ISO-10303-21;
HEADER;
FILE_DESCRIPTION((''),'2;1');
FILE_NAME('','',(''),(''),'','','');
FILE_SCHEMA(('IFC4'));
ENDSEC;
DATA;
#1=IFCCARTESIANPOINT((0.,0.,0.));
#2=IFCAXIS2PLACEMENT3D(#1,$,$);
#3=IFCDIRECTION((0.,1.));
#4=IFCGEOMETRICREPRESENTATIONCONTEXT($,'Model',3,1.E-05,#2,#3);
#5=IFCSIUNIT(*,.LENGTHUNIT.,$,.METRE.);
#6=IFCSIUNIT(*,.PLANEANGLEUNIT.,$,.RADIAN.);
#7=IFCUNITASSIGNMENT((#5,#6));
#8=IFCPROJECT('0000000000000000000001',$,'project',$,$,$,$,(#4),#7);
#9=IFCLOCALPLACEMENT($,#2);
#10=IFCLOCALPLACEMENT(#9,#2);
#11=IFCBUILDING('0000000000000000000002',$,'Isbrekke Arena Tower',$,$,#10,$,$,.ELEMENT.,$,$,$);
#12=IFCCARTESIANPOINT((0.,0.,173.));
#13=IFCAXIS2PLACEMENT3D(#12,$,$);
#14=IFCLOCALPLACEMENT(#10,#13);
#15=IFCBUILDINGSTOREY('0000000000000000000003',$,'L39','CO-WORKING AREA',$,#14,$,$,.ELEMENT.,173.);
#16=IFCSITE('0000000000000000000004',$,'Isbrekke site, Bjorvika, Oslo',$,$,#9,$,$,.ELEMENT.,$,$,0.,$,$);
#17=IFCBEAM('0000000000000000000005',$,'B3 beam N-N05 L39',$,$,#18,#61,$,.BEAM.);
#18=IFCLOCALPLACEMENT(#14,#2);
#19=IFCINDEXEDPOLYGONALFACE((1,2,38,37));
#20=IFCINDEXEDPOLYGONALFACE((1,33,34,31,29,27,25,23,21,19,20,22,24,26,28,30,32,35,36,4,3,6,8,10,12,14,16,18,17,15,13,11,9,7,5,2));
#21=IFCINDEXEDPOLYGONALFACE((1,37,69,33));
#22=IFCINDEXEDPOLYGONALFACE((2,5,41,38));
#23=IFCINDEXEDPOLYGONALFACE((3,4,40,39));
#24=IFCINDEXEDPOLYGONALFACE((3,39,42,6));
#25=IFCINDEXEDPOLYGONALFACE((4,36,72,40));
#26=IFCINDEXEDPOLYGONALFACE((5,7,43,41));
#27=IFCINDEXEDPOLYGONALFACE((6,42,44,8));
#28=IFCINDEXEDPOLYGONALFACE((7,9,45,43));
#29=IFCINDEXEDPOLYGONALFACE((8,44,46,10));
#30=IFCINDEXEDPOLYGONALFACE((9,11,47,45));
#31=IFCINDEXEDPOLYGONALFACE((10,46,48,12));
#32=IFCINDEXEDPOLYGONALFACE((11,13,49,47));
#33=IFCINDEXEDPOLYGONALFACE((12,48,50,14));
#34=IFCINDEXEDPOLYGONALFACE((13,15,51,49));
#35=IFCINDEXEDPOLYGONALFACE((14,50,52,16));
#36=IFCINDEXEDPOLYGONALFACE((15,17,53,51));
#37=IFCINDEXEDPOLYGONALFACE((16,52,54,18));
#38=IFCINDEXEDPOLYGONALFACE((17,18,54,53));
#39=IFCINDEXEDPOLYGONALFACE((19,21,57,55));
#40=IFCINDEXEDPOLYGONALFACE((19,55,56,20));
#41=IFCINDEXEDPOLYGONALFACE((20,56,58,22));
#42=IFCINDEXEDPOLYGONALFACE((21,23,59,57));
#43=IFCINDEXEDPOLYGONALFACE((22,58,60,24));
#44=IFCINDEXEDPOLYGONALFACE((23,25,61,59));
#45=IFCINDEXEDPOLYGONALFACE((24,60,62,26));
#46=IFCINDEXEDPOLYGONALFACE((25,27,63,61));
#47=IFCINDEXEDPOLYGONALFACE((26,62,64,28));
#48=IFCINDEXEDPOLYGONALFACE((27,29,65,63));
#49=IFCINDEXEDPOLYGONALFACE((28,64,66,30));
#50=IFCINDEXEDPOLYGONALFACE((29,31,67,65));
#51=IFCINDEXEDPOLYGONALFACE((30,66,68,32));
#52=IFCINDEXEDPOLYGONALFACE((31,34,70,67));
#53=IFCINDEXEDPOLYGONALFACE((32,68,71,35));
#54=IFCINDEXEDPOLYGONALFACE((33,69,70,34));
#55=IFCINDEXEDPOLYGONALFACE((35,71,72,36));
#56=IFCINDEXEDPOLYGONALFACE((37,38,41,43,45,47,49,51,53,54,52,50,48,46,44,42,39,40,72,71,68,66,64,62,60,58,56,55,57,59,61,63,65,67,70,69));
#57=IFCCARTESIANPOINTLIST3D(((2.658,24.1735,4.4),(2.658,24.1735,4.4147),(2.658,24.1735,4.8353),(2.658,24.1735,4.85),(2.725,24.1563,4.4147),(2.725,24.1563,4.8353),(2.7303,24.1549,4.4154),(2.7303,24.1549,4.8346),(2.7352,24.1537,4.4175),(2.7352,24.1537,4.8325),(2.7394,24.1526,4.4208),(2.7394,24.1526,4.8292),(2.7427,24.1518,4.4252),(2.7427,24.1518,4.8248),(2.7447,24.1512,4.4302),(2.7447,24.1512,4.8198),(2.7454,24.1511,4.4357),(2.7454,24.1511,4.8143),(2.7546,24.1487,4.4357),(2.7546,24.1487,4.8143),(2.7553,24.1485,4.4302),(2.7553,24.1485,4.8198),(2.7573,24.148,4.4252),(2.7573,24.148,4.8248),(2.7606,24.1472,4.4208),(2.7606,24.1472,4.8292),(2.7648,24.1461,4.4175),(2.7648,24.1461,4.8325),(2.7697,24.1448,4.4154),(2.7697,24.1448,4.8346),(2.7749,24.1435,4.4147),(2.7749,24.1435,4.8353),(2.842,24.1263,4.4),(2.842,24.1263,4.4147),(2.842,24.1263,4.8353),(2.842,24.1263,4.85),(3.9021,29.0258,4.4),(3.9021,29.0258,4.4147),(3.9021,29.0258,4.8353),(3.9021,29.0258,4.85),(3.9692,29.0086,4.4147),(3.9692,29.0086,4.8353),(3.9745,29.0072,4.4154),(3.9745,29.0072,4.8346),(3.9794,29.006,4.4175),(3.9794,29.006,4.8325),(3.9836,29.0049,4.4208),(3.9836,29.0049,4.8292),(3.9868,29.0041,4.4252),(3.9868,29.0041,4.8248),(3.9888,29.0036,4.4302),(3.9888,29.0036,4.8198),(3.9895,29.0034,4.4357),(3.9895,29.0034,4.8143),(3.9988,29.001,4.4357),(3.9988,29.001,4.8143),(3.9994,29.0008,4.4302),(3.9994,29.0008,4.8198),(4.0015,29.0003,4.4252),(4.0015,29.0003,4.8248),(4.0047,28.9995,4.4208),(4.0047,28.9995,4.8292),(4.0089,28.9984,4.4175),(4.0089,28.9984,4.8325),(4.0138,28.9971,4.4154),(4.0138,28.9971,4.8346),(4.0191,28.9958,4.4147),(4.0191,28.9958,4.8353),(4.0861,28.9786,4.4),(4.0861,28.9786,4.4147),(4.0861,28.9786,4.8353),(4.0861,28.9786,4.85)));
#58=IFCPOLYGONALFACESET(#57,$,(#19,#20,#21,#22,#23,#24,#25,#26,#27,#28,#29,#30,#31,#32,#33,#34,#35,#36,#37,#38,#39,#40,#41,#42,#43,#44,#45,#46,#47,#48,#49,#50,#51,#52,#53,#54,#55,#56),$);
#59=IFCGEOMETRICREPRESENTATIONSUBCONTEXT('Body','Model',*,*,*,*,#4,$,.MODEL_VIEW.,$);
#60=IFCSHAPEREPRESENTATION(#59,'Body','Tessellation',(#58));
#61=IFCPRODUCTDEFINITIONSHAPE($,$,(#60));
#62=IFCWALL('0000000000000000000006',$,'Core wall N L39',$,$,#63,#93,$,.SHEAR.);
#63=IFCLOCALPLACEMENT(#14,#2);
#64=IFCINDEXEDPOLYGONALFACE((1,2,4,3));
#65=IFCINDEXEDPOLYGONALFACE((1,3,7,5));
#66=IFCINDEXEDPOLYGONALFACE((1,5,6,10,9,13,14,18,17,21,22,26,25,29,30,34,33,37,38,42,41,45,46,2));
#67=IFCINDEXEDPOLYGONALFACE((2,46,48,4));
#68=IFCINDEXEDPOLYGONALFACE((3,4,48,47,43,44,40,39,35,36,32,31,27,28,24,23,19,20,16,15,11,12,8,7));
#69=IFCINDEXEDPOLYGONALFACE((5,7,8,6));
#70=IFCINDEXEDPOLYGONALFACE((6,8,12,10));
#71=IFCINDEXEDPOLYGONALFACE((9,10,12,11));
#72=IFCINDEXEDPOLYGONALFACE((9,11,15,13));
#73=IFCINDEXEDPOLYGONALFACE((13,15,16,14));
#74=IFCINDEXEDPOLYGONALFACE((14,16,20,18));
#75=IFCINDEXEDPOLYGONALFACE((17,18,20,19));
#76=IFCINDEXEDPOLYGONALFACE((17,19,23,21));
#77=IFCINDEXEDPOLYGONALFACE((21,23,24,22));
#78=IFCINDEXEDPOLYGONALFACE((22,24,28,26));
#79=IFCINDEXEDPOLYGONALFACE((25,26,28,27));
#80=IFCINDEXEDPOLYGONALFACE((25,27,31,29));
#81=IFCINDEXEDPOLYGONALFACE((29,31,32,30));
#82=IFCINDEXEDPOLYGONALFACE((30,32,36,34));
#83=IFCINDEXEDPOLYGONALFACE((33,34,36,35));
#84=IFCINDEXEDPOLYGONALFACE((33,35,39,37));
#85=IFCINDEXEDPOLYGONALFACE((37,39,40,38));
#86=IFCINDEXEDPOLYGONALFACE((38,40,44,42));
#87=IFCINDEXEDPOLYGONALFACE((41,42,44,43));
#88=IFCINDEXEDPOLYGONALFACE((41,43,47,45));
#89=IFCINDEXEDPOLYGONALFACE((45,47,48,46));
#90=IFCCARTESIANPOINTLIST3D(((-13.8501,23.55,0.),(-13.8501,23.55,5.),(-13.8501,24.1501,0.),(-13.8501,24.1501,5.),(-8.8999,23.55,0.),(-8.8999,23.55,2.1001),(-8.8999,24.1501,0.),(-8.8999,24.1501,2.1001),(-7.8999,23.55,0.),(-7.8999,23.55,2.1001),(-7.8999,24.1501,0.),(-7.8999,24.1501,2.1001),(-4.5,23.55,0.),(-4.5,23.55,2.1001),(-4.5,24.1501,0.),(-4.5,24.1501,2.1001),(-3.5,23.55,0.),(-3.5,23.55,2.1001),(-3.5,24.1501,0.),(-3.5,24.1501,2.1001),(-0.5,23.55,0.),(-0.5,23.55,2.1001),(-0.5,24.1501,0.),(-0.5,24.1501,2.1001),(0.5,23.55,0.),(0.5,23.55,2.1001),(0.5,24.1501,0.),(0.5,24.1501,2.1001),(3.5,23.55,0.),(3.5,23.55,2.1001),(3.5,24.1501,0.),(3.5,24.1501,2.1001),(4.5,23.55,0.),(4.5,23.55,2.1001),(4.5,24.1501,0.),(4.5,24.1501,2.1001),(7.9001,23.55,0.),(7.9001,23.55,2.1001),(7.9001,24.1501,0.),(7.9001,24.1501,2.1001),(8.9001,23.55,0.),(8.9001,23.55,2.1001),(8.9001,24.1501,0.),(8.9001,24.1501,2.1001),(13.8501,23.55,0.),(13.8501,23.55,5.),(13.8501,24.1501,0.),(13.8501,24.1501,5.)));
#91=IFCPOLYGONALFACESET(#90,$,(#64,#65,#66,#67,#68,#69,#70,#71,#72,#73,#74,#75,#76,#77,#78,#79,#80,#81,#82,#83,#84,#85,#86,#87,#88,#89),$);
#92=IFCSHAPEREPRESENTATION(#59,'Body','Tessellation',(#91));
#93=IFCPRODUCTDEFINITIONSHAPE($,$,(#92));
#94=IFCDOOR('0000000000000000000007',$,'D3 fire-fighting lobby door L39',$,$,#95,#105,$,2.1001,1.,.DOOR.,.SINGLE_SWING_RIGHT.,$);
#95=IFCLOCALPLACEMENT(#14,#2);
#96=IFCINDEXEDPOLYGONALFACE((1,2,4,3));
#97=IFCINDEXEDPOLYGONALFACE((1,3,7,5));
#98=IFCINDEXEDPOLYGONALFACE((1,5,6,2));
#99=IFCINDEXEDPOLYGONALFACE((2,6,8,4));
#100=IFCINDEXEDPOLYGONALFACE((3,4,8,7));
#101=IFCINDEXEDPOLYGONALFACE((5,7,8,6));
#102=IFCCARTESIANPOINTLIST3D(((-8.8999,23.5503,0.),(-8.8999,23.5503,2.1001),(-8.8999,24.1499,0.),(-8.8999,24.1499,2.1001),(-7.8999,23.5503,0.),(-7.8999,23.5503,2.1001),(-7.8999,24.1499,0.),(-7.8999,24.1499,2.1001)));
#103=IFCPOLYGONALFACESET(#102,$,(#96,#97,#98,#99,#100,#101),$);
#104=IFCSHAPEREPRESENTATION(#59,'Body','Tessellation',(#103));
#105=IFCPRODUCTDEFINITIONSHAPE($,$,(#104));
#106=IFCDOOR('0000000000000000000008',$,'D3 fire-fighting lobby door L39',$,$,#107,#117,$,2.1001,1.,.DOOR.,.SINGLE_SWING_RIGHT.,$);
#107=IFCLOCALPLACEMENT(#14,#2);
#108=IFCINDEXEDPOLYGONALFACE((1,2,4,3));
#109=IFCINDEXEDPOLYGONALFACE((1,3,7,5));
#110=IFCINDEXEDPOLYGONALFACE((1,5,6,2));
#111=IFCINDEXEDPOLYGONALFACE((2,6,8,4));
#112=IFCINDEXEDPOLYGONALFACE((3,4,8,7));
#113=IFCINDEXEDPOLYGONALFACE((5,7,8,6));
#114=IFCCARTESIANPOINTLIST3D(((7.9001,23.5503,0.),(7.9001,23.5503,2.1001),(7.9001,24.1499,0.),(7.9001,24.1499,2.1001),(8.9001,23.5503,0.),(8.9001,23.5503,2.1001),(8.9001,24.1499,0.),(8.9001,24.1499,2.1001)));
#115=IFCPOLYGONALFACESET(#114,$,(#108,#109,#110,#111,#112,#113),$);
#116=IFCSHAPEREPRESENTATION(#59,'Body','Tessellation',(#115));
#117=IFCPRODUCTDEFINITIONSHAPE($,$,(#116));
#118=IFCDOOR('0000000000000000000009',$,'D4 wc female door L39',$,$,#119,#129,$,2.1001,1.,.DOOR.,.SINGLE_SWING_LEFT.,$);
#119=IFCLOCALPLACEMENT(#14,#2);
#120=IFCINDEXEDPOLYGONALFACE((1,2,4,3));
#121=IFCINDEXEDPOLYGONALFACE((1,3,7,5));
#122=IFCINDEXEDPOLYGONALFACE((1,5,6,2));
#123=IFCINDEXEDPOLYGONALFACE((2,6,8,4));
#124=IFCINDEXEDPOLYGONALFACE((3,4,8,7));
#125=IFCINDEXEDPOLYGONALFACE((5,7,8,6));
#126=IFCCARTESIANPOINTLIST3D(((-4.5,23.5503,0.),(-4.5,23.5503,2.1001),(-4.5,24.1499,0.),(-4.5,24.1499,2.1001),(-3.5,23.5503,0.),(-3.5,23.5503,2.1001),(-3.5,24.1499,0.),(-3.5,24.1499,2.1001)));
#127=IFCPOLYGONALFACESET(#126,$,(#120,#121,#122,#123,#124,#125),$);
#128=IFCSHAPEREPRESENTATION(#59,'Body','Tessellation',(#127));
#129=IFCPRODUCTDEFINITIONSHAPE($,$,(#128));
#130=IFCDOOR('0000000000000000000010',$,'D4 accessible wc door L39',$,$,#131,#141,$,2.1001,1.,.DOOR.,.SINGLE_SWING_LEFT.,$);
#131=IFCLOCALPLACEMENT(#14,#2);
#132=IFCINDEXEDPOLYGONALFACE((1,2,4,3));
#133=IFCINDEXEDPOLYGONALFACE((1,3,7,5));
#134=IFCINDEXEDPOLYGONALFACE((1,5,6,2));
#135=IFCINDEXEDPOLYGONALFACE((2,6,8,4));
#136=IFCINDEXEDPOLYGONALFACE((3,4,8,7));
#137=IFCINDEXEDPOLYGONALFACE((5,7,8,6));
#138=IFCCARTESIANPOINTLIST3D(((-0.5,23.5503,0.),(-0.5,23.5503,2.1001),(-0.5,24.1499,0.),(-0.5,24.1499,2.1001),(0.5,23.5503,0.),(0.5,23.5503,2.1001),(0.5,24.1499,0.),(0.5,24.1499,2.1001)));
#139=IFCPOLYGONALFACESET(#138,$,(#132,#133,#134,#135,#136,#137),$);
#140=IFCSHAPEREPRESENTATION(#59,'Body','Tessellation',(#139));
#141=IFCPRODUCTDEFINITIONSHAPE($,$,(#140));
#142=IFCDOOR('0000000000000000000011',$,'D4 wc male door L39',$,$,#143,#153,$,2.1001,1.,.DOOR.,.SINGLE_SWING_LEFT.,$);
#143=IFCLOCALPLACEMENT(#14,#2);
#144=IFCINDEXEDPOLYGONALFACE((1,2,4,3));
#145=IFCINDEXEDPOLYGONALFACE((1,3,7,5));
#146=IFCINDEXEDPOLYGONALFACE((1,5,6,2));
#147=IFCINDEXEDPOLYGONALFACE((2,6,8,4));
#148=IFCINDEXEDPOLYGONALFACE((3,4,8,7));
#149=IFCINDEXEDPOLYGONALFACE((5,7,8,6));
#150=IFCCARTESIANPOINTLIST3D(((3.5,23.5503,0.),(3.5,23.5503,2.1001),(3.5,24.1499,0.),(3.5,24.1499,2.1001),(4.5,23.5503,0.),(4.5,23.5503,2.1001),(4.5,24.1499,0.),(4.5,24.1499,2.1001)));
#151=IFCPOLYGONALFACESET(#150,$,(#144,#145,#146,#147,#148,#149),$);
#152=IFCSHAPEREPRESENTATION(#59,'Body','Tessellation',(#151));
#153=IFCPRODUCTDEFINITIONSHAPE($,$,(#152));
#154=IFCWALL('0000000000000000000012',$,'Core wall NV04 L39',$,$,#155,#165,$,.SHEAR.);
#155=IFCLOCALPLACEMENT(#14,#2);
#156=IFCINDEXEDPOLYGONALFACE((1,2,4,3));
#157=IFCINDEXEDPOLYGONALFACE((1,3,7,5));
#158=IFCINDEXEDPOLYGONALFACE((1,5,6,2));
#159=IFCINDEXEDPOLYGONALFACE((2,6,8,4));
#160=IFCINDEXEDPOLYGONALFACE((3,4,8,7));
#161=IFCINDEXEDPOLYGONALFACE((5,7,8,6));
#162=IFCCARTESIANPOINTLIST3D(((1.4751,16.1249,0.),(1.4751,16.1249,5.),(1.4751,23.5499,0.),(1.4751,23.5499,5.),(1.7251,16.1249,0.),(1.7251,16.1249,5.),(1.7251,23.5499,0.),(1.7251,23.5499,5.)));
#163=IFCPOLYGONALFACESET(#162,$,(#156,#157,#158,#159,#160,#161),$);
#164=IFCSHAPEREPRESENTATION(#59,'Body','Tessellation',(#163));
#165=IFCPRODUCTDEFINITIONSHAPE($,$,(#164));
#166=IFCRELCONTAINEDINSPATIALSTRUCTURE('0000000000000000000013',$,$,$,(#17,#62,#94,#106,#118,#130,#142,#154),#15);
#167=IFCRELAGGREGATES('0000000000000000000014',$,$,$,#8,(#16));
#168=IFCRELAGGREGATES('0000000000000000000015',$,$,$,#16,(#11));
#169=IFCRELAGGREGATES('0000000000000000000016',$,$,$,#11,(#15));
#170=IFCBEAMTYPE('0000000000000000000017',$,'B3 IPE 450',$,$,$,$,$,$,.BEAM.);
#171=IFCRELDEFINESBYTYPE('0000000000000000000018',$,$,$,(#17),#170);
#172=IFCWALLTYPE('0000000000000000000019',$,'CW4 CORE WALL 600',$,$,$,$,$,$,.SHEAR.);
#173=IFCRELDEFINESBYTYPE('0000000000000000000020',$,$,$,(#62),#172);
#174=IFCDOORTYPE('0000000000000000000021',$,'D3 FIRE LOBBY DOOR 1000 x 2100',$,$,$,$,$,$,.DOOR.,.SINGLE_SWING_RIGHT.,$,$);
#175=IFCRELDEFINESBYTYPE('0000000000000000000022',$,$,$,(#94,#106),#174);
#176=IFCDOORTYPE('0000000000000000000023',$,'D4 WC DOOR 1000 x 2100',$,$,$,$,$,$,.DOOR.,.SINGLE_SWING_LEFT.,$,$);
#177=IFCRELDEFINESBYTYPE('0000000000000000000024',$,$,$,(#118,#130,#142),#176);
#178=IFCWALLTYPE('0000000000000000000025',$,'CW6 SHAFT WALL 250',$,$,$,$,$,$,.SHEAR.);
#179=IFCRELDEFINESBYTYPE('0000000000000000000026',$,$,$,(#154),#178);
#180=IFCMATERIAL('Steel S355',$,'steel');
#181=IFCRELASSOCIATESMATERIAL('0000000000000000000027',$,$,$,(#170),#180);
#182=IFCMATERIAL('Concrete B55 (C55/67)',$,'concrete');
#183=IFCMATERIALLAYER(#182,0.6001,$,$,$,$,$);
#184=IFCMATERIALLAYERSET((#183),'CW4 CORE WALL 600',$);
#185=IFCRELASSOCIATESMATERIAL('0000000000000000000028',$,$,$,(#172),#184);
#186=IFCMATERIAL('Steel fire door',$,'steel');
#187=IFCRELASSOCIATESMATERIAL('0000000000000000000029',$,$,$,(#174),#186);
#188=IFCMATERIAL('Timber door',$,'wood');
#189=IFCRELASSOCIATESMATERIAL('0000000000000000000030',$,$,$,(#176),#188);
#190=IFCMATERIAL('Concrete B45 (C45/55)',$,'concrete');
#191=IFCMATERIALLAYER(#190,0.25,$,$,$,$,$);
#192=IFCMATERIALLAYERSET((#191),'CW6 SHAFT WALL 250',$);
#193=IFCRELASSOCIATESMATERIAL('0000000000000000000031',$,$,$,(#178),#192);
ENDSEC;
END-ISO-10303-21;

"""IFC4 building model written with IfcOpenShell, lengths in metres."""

from ifc_helpers import new_model, si_unit, direction, frame, frame_2d, origin, origin_2d, place, context, subcontext, project, spatial, rectangle, i_section, extrude, material, layer, layer_set, material_profile, profile_set, type_object, element, fill, save


model = new_model("IFC4")

# Units and contexts
model_context = context("Model", 3, precision=1e-05, world=origin(), true_north=direction((0.0, 1.0)))
body_context = subcontext(model_context, "Body", "Model", "MODEL_VIEW")
ifc_project = project(units=[si_unit("LENGTHUNIT", "METRE"), si_unit("PLANEANGLEUNIT", "RADIAN")], contexts=[model_context])

# Site, building, storey
site_placement = place(None, origin())
site = spatial("IfcSite", under=ifc_project, at=site_placement, Name="Isbrekke site, Bjorvika, Oslo", CompositionType="ELEMENT", RefElevation=0.0)
building_placement = place(site_placement, origin())
building = spatial("IfcBuilding", under=site, at=building_placement, Name="Isbrekke Arena Tower", CompositionType="ELEMENT")
storey_placement = place(building_placement, frame((0.0, 0.0, 173.0)))
storey = spatial("IfcBuildingStorey", under=building, at=storey_placement, Name="L39", Description="CO-WORKING AREA", CompositionType="ELEMENT", Elevation=173.0)

# Beam
ifc_material_1 = material(Name="Steel S355", Category="steel")
ifc_material_profile = material_profile(ifc_material_1, i_section(OverallWidth=0.1899, OverallDepth=0.45, WebThickness=0.0095, FlangeThickness=0.0146, FilletRadius=0.021, at=origin_2d()), Name="IPE 450")
ifc_profile_set = profile_set([ifc_material_profile], Name="Steel S355")
beam_type = type_object("IfcBeamType", Name="B3 IPE 450", PredefinedType="BEAM", material=ifc_profile_set)
beam_placement = place(storey_placement, frame((3.9941, 29.0022, 4.625), z_axis=(-0.248368, -0.968666, 0.0), x_axis=(0.968666, -0.248368, 0.0)))
element("IfcBeam", 1, at=beam_placement, inside=storey, type_object=beam_type, Name="B3 beam N-N05 L39", PredefinedType="BEAM", context=body_context, shape_type="SweptSolid", body=[
    extrude(i_section(OverallWidth=0.1899, OverallDepth=0.45, WebThickness=0.0095, FlangeThickness=0.0146, FilletRadius=0.021, at=origin_2d()), origin(), (0.0, 0.0, 1.0), 5.0093),
])

# Wall, openings, doors
ifc_material_2 = material(Name="Concrete B55 (C55/67)", Category="concrete")
ifc_layer_1 = layer(ifc_material_2, 0.6001)
ifc_layer_set_1 = layer_set([ifc_layer_1], Name="CW4 CORE WALL 600")
wall_type_1 = type_object("IfcWallType", Name="CW4 CORE WALL 600", PredefinedType="SHEAR", material=ifc_layer_set_1)
wall_1_placement = place(storey_placement, frame((13.8501, 23.8501, 0.0), z_axis=(0.0, 0.0, 1.0), x_axis=(-1.0, 0.0, 0.0)))
wall_1 = element("IfcWall", 2, at=wall_1_placement, inside=storey, type_object=wall_type_1, Name="Core wall N L39", PredefinedType="SHEAR", context=body_context, shape_type="SweptSolid", body=[
    extrude(rectangle(XDim=27.7002, YDim=0.6001, at=frame_2d((13.8501, 0.0))), origin(), (0.0, 0.0, 1.0), 5.0),
])
opening_1_placement = place(wall_1_placement, frame((21.75, 0.0, 0.0)))
opening_1 = element("IfcOpeningElement", 3, at=opening_1_placement, cuts=wall_1, PredefinedType="OPENING", context=body_context, shape_type="SweptSolid", body=[
    extrude(rectangle(XDim=1.0, YDim=2.1001, at=frame_2d((0.5, 1.05))), frame((0.0, 0.3149, 0.0), z_axis=(0.0, -1.0, 0.0), x_axis=(1.0, 0.0, 0.0)), (0.0, 0.0, 1.0), 0.6299),
])
opening_2_placement = place(wall_1_placement, frame((4.95, 0.0, 0.0)))
opening_2 = element("IfcOpeningElement", 4, at=opening_2_placement, cuts=wall_1, PredefinedType="OPENING", context=body_context, shape_type="SweptSolid", body=[
    extrude(rectangle(XDim=1.0, YDim=2.1001, at=frame_2d((0.5, 1.05))), frame((0.0, 0.3149, 0.0), z_axis=(0.0, -1.0, 0.0), x_axis=(1.0, 0.0, 0.0)), (0.0, 0.0, 1.0), 0.6299),
])
opening_3_placement = place(wall_1_placement, frame((17.3501, 0.0, 0.0)))
opening_3 = element("IfcOpeningElement", 5, at=opening_3_placement, cuts=wall_1, PredefinedType="OPENING", context=body_context, shape_type="SweptSolid", body=[
    extrude(rectangle(XDim=1.0, YDim=2.1001, at=frame_2d((0.5, 1.05))), frame((0.0, 0.3149, 0.0), z_axis=(0.0, -1.0, 0.0), x_axis=(1.0, 0.0, 0.0)), (0.0, 0.0, 1.0), 0.6299),
])
opening_4_placement = place(wall_1_placement, frame((13.3501, 0.0, 0.0)))
opening_4 = element("IfcOpeningElement", 6, at=opening_4_placement, cuts=wall_1, PredefinedType="OPENING", context=body_context, shape_type="SweptSolid", body=[
    extrude(rectangle(XDim=1.0, YDim=2.1001, at=frame_2d((0.5, 1.05))), frame((0.0, 0.3149, 0.0), z_axis=(0.0, -1.0, 0.0), x_axis=(1.0, 0.0, 0.0)), (0.0, 0.0, 1.0), 0.6299),
])
opening_5_placement = place(wall_1_placement, frame((9.3501, 0.0, 0.0)))
opening_5 = element("IfcOpeningElement", 7, at=opening_5_placement, cuts=wall_1, PredefinedType="OPENING", context=body_context, shape_type="SweptSolid", body=[
    extrude(rectangle(XDim=1.0, YDim=2.1001, at=frame_2d((0.5, 1.05))), frame((0.0, 0.3149, 0.0), z_axis=(0.0, -1.0, 0.0), x_axis=(1.0, 0.0, 0.0)), (0.0, 0.0, 1.0), 0.6299),
])
ifc_material_3 = material(Name="Steel fire door", Category="steel")
door_type_1 = type_object("IfcDoorType", Name="D3 FIRE LOBBY DOOR 1000 x 2100", OperationType="SINGLE_SWING_RIGHT", PredefinedType="DOOR", material=ifc_material_3)
door_1_placement = place(opening_1_placement, origin())
door_1 = element("IfcDoor", 8, at=door_1_placement, inside=storey, type_object=door_type_1, Name="D3 fire-fighting lobby door L39", OperationType="SINGLE_SWING_RIGHT", OverallHeight=2.1001, OverallWidth=1.0, PredefinedType="DOOR", context=body_context, shape_type="SweptSolid", body=[
    extrude(rectangle(XDim=1.0, YDim=2.1001, at=frame_2d((0.5, 1.05))), frame((0.0, 0.2998, 0.0), z_axis=(0.0, -1.0, 0.0), x_axis=(1.0, 0.0, 0.0)), (0.0, 0.0, 1.0), 0.5996),
])
fill(opening_1, door_1)
door_2_placement = place(opening_2_placement, origin())
door_2 = element("IfcDoor", 9, at=door_2_placement, inside=storey, type_object=door_type_1, Name="D3 fire-fighting lobby door L39", OperationType="SINGLE_SWING_RIGHT", OverallHeight=2.1001, OverallWidth=1.0, PredefinedType="DOOR", context=body_context, shape_type="SweptSolid", body=[
    extrude(rectangle(XDim=1.0, YDim=2.1001, at=frame_2d((0.5, 1.05))), frame((0.0, 0.2998, 0.0), z_axis=(0.0, -1.0, 0.0), x_axis=(1.0, 0.0, 0.0)), (0.0, 0.0, 1.0), 0.5996),
])
fill(opening_2, door_2)
ifc_material_4 = material(Name="Timber door", Category="wood")
door_type_2 = type_object("IfcDoorType", Name="D4 WC DOOR 1000 x 2100", OperationType="SINGLE_SWING_LEFT", PredefinedType="DOOR", material=ifc_material_4)
door_3_placement = place(opening_3_placement, origin())
door_3 = element("IfcDoor", 10, at=door_3_placement, inside=storey, type_object=door_type_2, Name="D4 wc female door L39", OperationType="SINGLE_SWING_LEFT", OverallHeight=2.1001, OverallWidth=1.0, PredefinedType="DOOR", context=body_context, shape_type="SweptSolid", body=[
    extrude(rectangle(XDim=1.0, YDim=2.1001, at=frame_2d((0.5, 1.05))), frame((0.0, 0.2998, 0.0), z_axis=(0.0, -1.0, 0.0), x_axis=(1.0, 0.0, 0.0)), (0.0, 0.0, 1.0), 0.5996),
])
fill(opening_3, door_3)
door_4_placement = place(opening_4_placement, origin())
door_4 = element("IfcDoor", 11, at=door_4_placement, inside=storey, type_object=door_type_2, Name="D4 accessible wc door L39", OperationType="SINGLE_SWING_LEFT", OverallHeight=2.1001, OverallWidth=1.0, PredefinedType="DOOR", context=body_context, shape_type="SweptSolid", body=[
    extrude(rectangle(XDim=1.0, YDim=2.1001, at=frame_2d((0.5, 1.05))), frame((0.0, 0.2998, 0.0), z_axis=(0.0, -1.0, 0.0), x_axis=(1.0, 0.0, 0.0)), (0.0, 0.0, 1.0), 0.5996),
])
fill(opening_4, door_4)
door_5_placement = place(opening_5_placement, origin())
door_5 = element("IfcDoor", 12, at=door_5_placement, inside=storey, type_object=door_type_2, Name="D4 wc male door L39", OperationType="SINGLE_SWING_LEFT", OverallHeight=2.1001, OverallWidth=1.0, PredefinedType="DOOR", context=body_context, shape_type="SweptSolid", body=[
    extrude(rectangle(XDim=1.0, YDim=2.1001, at=frame_2d((0.5, 1.05))), frame((0.0, 0.2998, 0.0), z_axis=(0.0, -1.0, 0.0), x_axis=(1.0, 0.0, 0.0)), (0.0, 0.0, 1.0), 0.5996),
])
fill(opening_5, door_5)

# Wall
ifc_material_5 = material(Name="Concrete B45 (C45/55)", Category="concrete")
ifc_layer_2 = layer(ifc_material_5, 0.25)
ifc_layer_set_2 = layer_set([ifc_layer_2], Name="CW6 SHAFT WALL 250")
wall_type_2 = type_object("IfcWallType", Name="CW6 SHAFT WALL 250", PredefinedType="SHEAR", material=ifc_layer_set_2)
for number, where, z_axis, x_axis, name in (
    (13, (1.6001, 16.125, 0.0), (0.0, 0.0, 1.0), (0.0, 1.0, 0.0), "Core wall NV04 L39"),
):
    element("IfcWall", number, at=place(storey_placement, frame(where, z_axis=z_axis, x_axis=x_axis)), inside=storey, type_object=wall_type_2, Name=name, PredefinedType="SHEAR", context=body_context, shape_type="SweptSolid", body=[
        extrude(rectangle(XDim=7.425, YDim=0.25, at=frame_2d((3.7124, 0.0))), origin(), (0.0, 0.0, 1.0), 5.0),
    ])

save(model, "model.ifc")
